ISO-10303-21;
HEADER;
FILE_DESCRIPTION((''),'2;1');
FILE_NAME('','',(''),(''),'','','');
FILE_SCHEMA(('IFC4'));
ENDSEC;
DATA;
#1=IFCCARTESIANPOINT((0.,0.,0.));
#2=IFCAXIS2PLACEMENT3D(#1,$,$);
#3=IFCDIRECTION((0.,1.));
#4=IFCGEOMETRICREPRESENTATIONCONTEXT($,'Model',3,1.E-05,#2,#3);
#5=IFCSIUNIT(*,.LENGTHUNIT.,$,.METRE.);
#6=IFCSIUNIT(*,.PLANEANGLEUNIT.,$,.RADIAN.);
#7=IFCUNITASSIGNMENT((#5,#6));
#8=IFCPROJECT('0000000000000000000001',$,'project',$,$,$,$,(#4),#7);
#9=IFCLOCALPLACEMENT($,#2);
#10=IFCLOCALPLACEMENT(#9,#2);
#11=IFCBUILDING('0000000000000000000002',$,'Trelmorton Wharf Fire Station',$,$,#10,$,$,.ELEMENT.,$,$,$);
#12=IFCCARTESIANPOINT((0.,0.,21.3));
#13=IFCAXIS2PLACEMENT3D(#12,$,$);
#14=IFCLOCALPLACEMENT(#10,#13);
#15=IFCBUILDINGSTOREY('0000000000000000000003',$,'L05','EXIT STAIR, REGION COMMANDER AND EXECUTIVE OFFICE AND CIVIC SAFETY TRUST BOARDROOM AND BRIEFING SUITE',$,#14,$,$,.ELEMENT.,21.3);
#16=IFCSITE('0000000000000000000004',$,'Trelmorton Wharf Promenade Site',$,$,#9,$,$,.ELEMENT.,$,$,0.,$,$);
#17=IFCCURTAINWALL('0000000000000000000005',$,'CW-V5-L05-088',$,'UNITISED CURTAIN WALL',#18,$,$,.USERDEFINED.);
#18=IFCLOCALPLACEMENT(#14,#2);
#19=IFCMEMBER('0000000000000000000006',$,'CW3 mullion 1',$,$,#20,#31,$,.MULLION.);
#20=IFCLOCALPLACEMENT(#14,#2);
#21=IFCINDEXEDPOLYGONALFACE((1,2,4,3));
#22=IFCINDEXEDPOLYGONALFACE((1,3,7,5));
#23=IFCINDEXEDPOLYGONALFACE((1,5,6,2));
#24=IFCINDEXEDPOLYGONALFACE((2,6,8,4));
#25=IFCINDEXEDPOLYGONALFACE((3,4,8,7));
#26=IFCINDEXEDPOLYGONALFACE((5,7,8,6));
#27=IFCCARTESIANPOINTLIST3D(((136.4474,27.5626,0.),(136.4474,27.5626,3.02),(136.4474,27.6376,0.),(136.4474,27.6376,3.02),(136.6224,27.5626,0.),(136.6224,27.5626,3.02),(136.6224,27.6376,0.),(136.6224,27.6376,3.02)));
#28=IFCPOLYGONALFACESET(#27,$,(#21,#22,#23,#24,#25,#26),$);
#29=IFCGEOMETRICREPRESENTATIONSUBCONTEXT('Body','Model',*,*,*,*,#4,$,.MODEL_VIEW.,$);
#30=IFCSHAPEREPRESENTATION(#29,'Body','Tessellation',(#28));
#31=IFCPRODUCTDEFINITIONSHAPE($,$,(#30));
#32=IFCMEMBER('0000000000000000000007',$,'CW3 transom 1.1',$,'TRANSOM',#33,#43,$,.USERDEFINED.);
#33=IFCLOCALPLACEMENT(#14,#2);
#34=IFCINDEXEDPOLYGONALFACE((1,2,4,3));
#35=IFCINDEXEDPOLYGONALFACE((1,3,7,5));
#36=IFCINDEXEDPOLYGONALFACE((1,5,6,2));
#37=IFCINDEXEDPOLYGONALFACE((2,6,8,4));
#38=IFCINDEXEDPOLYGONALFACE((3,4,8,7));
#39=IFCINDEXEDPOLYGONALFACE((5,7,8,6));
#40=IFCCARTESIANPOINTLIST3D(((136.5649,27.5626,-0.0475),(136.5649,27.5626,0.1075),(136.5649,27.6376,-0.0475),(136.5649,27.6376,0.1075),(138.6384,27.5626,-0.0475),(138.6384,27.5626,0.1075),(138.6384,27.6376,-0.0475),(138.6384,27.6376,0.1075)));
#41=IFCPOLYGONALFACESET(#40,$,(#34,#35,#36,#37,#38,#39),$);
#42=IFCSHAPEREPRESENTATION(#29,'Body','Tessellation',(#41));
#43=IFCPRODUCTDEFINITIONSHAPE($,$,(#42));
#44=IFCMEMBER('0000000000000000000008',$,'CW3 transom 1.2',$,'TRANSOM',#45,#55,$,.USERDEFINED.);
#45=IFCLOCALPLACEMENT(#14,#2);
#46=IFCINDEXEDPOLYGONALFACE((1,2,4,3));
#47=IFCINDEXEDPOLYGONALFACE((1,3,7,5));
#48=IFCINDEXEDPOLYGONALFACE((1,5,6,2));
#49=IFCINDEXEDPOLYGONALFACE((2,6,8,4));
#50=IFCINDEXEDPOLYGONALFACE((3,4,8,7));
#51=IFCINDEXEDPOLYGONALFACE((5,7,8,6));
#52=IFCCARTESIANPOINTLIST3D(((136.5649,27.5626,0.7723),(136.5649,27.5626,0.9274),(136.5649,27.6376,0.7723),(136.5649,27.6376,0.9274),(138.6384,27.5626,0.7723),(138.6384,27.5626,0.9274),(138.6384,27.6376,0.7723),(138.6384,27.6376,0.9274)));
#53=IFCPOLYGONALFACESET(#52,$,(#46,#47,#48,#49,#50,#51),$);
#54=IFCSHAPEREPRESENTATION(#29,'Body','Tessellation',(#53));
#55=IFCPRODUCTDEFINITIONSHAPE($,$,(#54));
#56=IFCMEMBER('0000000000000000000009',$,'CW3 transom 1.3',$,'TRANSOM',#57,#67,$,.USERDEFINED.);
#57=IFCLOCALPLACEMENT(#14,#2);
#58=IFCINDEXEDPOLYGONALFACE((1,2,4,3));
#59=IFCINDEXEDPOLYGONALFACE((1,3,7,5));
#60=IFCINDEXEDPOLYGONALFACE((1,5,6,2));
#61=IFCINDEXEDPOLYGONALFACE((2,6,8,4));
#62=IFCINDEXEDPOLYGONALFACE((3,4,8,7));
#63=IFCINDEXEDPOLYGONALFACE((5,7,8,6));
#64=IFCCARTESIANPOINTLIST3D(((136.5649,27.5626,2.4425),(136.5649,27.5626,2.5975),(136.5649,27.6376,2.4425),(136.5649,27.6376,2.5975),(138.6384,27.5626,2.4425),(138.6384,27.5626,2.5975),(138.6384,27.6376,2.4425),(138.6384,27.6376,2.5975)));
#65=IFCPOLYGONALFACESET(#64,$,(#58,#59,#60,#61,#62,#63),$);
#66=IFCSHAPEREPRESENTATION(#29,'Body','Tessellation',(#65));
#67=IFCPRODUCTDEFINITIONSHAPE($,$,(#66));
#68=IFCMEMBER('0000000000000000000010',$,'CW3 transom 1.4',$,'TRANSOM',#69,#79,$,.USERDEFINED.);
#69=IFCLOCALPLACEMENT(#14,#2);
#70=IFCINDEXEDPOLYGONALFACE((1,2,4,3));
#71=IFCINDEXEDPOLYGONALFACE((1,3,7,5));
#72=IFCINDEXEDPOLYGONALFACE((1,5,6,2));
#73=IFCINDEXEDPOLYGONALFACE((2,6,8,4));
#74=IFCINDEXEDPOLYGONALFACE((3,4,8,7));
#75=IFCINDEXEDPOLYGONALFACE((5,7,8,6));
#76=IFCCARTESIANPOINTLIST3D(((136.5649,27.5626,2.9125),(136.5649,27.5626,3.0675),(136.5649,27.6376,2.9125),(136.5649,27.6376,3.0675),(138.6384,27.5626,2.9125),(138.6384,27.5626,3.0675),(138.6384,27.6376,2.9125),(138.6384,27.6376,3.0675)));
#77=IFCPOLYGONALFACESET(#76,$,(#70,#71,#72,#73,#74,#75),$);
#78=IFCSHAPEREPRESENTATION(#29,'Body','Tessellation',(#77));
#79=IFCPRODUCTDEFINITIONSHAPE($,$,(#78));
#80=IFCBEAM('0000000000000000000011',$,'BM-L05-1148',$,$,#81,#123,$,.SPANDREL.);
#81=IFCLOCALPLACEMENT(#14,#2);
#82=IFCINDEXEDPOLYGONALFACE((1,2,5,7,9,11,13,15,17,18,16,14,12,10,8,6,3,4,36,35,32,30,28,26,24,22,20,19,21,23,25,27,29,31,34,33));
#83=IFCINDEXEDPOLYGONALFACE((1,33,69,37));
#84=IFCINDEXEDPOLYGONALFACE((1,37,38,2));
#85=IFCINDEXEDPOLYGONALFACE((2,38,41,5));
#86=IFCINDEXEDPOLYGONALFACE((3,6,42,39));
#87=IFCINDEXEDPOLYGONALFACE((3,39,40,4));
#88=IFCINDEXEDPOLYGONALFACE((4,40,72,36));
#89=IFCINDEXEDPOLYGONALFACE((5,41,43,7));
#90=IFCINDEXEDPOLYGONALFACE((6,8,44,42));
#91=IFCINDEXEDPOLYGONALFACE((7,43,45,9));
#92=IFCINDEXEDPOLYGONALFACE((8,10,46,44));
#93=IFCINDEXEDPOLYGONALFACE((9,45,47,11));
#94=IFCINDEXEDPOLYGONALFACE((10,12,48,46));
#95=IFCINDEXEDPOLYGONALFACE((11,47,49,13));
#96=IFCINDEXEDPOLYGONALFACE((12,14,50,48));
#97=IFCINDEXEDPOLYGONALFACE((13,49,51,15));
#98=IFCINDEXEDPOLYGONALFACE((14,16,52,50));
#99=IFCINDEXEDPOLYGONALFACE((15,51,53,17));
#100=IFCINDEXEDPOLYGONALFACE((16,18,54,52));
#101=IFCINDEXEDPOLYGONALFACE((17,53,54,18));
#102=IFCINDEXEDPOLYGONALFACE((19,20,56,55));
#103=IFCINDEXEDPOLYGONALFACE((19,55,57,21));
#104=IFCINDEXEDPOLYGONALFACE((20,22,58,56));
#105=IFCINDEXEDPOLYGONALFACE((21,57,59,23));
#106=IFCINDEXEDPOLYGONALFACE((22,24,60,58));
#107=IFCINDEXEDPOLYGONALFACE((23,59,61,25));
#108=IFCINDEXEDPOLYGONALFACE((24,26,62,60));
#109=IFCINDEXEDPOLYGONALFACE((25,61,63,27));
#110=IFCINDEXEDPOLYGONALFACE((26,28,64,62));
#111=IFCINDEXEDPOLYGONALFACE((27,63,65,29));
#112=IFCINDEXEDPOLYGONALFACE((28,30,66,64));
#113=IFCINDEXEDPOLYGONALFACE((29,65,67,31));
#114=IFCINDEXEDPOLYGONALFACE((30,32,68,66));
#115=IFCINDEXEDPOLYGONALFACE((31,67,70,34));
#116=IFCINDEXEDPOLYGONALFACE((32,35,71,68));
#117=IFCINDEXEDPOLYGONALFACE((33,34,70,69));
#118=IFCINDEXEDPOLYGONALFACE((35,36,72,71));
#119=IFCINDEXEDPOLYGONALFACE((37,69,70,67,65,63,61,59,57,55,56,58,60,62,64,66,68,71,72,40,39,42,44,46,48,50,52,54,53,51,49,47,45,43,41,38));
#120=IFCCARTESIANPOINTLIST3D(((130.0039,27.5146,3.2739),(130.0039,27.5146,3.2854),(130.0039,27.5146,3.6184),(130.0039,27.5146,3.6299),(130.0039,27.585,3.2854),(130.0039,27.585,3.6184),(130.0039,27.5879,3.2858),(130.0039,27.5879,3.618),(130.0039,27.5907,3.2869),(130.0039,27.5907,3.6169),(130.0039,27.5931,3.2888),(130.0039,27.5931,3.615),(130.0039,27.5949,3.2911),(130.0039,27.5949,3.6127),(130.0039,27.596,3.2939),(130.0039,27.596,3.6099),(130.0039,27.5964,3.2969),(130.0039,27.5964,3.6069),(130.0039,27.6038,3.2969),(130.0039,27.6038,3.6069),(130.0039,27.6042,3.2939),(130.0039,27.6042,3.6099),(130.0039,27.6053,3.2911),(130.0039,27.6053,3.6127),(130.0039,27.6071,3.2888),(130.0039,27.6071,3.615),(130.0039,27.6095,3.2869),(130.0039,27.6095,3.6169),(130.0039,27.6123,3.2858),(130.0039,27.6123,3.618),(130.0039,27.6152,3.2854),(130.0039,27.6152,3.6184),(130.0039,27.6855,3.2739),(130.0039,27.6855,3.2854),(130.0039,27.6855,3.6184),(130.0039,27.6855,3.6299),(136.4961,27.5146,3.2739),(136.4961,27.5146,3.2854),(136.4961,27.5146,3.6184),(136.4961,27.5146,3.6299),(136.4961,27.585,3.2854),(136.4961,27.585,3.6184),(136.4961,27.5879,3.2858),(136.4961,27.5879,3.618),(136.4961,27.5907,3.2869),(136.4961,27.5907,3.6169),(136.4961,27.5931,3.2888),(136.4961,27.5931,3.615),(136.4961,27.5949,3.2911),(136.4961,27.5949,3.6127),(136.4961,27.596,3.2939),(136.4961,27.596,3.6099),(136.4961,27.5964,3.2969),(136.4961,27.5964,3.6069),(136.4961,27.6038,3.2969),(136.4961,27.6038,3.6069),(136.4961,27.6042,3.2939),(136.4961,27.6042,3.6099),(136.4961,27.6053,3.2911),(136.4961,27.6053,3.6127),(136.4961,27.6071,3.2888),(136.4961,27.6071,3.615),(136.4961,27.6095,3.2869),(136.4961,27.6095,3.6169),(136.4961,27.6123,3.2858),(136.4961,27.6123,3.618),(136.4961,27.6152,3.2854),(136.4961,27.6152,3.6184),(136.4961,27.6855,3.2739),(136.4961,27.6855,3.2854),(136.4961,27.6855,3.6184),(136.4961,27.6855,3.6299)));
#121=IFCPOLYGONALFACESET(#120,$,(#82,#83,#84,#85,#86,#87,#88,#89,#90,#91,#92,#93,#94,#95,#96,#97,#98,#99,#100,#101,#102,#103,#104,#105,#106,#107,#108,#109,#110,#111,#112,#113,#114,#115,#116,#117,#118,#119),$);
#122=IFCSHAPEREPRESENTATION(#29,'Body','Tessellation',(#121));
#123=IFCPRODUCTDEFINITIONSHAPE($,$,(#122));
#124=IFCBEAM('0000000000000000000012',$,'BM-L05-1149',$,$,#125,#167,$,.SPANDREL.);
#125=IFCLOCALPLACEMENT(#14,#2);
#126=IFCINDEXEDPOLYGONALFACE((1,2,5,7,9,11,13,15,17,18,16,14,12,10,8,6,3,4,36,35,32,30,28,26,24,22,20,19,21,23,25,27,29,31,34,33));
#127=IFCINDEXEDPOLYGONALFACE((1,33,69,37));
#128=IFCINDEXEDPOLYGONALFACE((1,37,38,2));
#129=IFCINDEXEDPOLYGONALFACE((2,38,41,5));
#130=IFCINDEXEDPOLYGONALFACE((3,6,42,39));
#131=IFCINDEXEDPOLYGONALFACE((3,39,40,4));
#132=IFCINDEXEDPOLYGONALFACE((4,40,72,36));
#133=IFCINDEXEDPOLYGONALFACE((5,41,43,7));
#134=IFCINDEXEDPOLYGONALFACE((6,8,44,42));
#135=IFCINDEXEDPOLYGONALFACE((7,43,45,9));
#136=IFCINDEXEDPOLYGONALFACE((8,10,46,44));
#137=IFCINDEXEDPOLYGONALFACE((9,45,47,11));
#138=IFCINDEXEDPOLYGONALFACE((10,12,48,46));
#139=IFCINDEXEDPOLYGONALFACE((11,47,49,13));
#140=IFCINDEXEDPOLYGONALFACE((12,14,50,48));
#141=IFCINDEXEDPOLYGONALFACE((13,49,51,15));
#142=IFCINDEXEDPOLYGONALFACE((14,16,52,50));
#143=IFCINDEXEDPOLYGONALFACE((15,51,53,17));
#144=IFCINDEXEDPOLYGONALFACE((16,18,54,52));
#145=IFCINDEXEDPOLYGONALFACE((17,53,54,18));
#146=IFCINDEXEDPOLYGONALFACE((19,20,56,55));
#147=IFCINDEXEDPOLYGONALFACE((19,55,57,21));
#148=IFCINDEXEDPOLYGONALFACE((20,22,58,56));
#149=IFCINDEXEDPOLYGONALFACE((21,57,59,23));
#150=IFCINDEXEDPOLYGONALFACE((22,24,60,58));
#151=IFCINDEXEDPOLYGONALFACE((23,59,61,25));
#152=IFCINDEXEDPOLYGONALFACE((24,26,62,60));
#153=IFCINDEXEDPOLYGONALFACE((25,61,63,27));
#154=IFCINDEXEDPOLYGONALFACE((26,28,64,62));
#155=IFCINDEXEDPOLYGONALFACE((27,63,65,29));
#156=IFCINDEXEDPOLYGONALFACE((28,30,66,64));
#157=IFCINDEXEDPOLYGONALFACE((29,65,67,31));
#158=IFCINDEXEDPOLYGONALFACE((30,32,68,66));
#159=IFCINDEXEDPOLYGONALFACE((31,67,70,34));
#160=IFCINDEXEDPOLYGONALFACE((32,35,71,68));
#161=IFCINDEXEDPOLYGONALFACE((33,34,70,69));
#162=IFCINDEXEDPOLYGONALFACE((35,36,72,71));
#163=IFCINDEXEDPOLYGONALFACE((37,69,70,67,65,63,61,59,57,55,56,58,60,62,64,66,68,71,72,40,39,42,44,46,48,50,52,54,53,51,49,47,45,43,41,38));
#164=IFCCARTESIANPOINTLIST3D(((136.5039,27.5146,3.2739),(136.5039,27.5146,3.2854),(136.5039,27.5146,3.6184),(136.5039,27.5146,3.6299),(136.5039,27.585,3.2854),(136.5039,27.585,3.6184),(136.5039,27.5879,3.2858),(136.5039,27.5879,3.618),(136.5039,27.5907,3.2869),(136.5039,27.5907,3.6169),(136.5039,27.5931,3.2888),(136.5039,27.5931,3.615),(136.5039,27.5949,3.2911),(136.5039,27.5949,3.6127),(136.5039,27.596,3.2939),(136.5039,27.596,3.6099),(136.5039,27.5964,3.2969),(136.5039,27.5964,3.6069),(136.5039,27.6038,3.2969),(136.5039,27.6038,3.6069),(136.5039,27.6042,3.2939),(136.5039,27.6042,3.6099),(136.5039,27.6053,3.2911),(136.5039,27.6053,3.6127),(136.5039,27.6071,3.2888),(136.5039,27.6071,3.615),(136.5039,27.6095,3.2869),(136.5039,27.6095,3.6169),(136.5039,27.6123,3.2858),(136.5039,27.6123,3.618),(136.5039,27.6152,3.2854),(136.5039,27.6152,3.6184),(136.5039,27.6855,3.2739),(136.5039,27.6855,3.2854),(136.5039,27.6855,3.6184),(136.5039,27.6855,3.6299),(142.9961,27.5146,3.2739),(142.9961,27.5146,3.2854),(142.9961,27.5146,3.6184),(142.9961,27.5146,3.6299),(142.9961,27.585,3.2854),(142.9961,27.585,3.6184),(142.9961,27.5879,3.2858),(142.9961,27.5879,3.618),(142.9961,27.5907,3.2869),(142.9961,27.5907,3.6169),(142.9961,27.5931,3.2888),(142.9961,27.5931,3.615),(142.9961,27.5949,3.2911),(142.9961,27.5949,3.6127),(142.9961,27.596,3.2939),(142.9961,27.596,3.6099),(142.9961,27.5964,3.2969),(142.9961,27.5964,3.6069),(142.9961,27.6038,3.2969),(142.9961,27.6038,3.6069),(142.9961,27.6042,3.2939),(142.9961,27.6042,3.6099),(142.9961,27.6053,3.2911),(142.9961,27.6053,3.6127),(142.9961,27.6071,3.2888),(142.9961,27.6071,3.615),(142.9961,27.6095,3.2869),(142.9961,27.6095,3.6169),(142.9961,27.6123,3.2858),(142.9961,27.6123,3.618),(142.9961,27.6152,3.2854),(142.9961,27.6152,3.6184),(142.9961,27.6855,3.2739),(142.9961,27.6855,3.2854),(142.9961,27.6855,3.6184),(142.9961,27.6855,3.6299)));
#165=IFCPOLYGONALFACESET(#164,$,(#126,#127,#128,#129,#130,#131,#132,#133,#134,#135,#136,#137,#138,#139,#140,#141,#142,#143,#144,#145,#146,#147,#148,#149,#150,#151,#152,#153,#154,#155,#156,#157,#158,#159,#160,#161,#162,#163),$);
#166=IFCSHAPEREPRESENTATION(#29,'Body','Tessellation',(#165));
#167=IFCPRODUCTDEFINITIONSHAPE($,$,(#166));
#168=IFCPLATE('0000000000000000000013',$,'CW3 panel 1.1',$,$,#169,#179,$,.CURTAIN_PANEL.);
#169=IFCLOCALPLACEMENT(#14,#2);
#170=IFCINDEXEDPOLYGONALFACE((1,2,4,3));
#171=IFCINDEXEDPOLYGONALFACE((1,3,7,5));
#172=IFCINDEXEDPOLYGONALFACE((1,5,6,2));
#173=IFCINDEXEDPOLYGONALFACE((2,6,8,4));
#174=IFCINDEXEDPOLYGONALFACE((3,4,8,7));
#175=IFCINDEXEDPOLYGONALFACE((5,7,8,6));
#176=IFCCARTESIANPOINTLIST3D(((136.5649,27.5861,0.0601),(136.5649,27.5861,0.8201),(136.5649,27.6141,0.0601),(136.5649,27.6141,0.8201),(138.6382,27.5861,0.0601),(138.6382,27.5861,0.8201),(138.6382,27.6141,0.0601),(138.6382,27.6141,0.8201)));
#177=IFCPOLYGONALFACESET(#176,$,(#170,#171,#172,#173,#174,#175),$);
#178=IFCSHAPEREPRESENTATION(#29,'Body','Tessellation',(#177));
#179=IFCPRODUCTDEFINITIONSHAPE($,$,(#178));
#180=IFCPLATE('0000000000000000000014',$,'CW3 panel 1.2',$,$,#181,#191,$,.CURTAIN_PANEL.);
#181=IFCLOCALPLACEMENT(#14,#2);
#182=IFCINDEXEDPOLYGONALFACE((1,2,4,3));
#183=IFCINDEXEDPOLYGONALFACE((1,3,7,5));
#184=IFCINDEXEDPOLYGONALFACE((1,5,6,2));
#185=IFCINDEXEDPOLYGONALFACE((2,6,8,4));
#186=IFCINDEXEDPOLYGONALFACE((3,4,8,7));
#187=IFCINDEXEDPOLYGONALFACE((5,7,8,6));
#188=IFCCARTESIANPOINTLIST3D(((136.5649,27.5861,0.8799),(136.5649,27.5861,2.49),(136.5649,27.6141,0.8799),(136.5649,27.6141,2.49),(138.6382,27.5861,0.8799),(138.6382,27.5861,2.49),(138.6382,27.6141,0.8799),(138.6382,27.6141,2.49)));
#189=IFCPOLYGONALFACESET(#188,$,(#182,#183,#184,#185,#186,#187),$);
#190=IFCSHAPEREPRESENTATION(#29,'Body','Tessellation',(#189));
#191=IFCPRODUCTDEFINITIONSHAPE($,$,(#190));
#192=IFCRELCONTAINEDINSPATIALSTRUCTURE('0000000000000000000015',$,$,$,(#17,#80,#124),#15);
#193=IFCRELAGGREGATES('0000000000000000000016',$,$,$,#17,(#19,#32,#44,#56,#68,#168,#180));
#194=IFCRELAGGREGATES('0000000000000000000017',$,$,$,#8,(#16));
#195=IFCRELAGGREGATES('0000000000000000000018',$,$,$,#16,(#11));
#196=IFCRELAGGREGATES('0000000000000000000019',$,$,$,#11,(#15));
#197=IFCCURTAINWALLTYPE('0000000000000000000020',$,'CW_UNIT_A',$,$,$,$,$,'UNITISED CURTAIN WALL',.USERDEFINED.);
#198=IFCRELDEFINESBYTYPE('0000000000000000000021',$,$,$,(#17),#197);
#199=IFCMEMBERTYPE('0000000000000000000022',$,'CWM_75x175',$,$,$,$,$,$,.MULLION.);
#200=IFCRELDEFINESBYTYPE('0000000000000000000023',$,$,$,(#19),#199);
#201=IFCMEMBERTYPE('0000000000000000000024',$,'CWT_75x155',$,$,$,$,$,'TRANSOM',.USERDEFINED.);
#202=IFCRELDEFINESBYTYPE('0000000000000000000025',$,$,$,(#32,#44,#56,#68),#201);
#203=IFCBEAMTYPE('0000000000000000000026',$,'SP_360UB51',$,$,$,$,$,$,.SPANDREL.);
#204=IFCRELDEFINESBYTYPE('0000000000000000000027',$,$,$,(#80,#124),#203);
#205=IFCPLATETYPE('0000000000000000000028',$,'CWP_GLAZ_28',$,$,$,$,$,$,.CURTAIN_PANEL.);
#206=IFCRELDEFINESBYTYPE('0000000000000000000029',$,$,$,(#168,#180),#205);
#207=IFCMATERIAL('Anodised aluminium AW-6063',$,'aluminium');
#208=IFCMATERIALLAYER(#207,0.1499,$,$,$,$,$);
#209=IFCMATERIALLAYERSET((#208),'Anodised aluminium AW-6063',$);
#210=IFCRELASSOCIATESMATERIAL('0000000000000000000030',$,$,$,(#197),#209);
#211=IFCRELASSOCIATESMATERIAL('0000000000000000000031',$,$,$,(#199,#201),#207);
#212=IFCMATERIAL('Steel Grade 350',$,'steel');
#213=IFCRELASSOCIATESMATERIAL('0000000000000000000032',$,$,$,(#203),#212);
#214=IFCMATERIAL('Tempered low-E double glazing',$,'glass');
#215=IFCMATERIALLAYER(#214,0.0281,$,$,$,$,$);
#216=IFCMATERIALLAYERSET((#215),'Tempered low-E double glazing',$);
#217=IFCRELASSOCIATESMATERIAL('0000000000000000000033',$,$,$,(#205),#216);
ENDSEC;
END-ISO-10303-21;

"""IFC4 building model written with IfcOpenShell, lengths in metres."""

from ifc_helpers import new_model, si_unit, direction, frame, origin, origin_2d, place, context, subcontext, project, spatial, rectangle, i_section, extrude, material, layer, layer_set, material_profile, profile_set, type_object, element, aggregate, save


model = new_model("IFC4")

# Units and contexts
model_context = context("Model", 3, precision=1e-05, world=origin(), true_north=direction((0.0, 1.0)))
body_context = subcontext(model_context, "Body", "Model", "MODEL_VIEW")
ifc_project = project(units=[si_unit("LENGTHUNIT", "METRE"), si_unit("PLANEANGLEUNIT", "RADIAN")], contexts=[model_context])

# Site, building, storey
site_placement = place(None, origin())
site = spatial("IfcSite", under=ifc_project, at=site_placement, Name="Trelmorton Wharf Promenade Site", CompositionType="ELEMENT", RefElevation=0.0)
building_placement = place(site_placement, origin())
building = spatial("IfcBuilding", under=site, at=building_placement, Name="Trelmorton Wharf Fire Station", CompositionType="ELEMENT")
storey_placement = place(building_placement, frame((0.0, 0.0, 21.3)))
storey = spatial("IfcBuildingStorey", under=building, at=storey_placement, Name="L05", Description="EXIT STAIR, REGION COMMANDER AND EXECUTIVE OFFICE AND CIVIC SAFETY TRUST BOARDROOM AND BRIEFING SUITE", CompositionType="ELEMENT", Elevation=21.3)

# Shared definitions
ifc_material_1 = material(Name="Steel Grade 350", Category="steel")

# Curtain wall, members
ifc_material_2 = material(Name="Anodised aluminium AW-6063", Category="aluminium")
ifc_layer_1 = layer(ifc_material_2, 0.1499)
ifc_layer_set_1 = layer_set([ifc_layer_1], Name="Anodised aluminium AW-6063")
curtain_wall_type = type_object("IfcCurtainWallType", Name="CW_UNIT_A", ElementType="UNITISED CURTAIN WALL", PredefinedType="USERDEFINED", material=ifc_layer_set_1)
curtain_wall_placement = place(storey_placement, origin())
curtain_wall = element("IfcCurtainWall", 1, at=curtain_wall_placement, inside=storey, type_object=curtain_wall_type, Name="CW-V5-L05-088", ObjectType="UNITISED CURTAIN WALL", PredefinedType="USERDEFINED")
ifc_material_profile_1 = material_profile(ifc_material_2, rectangle(XDim=0.075, YDim=0.175, at=origin_2d()), Name="ALU-75x175")
ifc_profile_set_1 = profile_set([ifc_material_profile_1], Name="Anodised aluminium AW-6063")
member_type_1 = type_object("IfcMemberType", Name="CWM_75x175", PredefinedType="MULLION", material=ifc_profile_set_1)
member_1_placement = place(storey_placement, frame((136.5349, 27.6001, 0.0), z_axis=(0.0, 0.0, 1.0), x_axis=(0.0, 1.0, 0.0)))
member_1 = element("IfcMember", 2, at=member_1_placement, type_object=member_type_1, Name="CW3 mullion 1", PredefinedType="MULLION", context=body_context, shape_type="SweptSolid", body=[
    extrude(rectangle(XDim=0.075, YDim=0.175, at=origin_2d()), origin(), (0.0, 0.0, 1.0), 3.02),
])
ifc_material_profile_2 = material_profile(ifc_material_2, rectangle(XDim=0.075, YDim=0.155, at=origin_2d()), Name="ALU-75x155")
ifc_profile_set_2 = profile_set([ifc_material_profile_2], Name="Anodised aluminium AW-6063")
member_type_2 = type_object("IfcMemberType", Name="CWT_75x155", ElementType="TRANSOM", PredefinedType="USERDEFINED", material=ifc_profile_set_2)
member_2_placement = place(storey_placement, frame((136.5649, 27.6001, 0.03), z_axis=(1.0, 0.0, 0.0), x_axis=(0.0, 1.0, 0.0)))
member_2 = element("IfcMember", 3, at=member_2_placement, type_object=member_type_2, Name="CW3 transom 1.1", ObjectType="TRANSOM", PredefinedType="USERDEFINED", context=body_context, shape_type="SweptSolid", body=[
    extrude(rectangle(XDim=0.075, YDim=0.155, at=origin_2d()), origin(), (0.0, 0.0, 1.0), 2.0735),
])
member_3_placement = place(storey_placement, frame((136.5649, 27.6001, 0.8499), z_axis=(1.0, 0.0, 0.0), x_axis=(0.0, 1.0, 0.0)))
member_3 = element("IfcMember", 4, at=member_3_placement, type_object=member_type_2, Name="CW3 transom 1.2", ObjectType="TRANSOM", PredefinedType="USERDEFINED", context=body_context, shape_type="SweptSolid", body=[
    extrude(rectangle(XDim=0.075, YDim=0.155, at=origin_2d()), origin(), (0.0, 0.0, 1.0), 2.0735),
])
member_4_placement = place(storey_placement, frame((136.5649, 27.6001, 2.52), z_axis=(1.0, 0.0, 0.0), x_axis=(0.0, 1.0, 0.0)))
member_4 = element("IfcMember", 5, at=member_4_placement, type_object=member_type_2, Name="CW3 transom 1.3", ObjectType="TRANSOM", PredefinedType="USERDEFINED", context=body_context, shape_type="SweptSolid", body=[
    extrude(rectangle(XDim=0.075, YDim=0.155, at=origin_2d()), origin(), (0.0, 0.0, 1.0), 2.0735),
])
member_5_placement = place(storey_placement, frame((136.5649, 27.6001, 2.99), z_axis=(1.0, 0.0, 0.0), x_axis=(0.0, 1.0, 0.0)))
member_5 = element("IfcMember", 6, at=member_5_placement, type_object=member_type_2, Name="CW3 transom 1.4", ObjectType="TRANSOM", PredefinedType="USERDEFINED", context=body_context, shape_type="SweptSolid", body=[
    extrude(rectangle(XDim=0.075, YDim=0.155, at=origin_2d()), origin(), (0.0, 0.0, 1.0), 2.0735),
])

# Beams
ifc_material_profile_3 = material_profile(ifc_material_1, i_section(OverallWidth=0.1709, OverallDepth=0.356, WebThickness=0.0073, FlangeThickness=0.0115, FilletRadius=0.0115, at=origin_2d()), Name="360UB50.7")
ifc_profile_set_3 = profile_set([ifc_material_profile_3], Name="Steel Grade 350")
beam_type_1 = type_object("IfcBeamType", Name="SP_360UB51", PredefinedType="SPANDREL", material=ifc_profile_set_3)
for number, where, z_axis, x_axis, name in (
    (7, (130.0039, 27.6001, 3.4519), (1.0, 0.0, 0.0), (0.0, 1.0, 0.0), "BM-L05-1148"),
    (8, (136.5039, 27.6001, 3.4519), (1.0, 0.0, 0.0), (0.0, 1.0, 0.0), "BM-L05-1149"),
):
    element("IfcBeam", number, at=place(storey_placement, frame(where, z_axis=z_axis, x_axis=x_axis)), inside=storey, type_object=beam_type_1, Name=name, PredefinedType="SPANDREL", context=body_context, shape_type="SweptSolid", body=[
        extrude(i_section(OverallWidth=0.1709, OverallDepth=0.356, WebThickness=0.0073, FlangeThickness=0.0115, FilletRadius=0.0115, at=origin_2d()), origin(), (0.0, 0.0, 1.0), 6.4922),
    ])

# Plates
ifc_material_3 = material(Name="Tempered low-E double glazing", Category="glass")
ifc_layer_2 = layer(ifc_material_3, 0.0281)
ifc_layer_set_2 = layer_set([ifc_layer_2], Name="Tempered low-E double glazing")
plate_type = type_object("IfcPlateType", Name="CWP_GLAZ_28", PredefinedType="CURTAIN_PANEL", material=ifc_layer_set_2)
plate_1_placement = place(storey_placement, frame((137.6016, 27.6001, 0.0601), z_axis=(0.0, 0.0, 1.0), x_axis=(1.0, 0.0, 0.0)))
plate_1 = element("IfcPlate", 9, at=plate_1_placement, type_object=plate_type, Name="CW3 panel 1.1", PredefinedType="CURTAIN_PANEL", context=body_context, shape_type="SweptSolid", body=[
    extrude(rectangle(XDim=2.0732, YDim=0.0281, at=origin_2d()), origin(), (0.0, 0.0, 1.0), 0.76),
])
plate_2_placement = place(storey_placement, frame((137.6016, 27.6001, 0.8799), z_axis=(0.0, 0.0, 1.0), x_axis=(1.0, 0.0, 0.0)))
plate_2 = element("IfcPlate", 10, at=plate_2_placement, type_object=plate_type, Name="CW3 panel 1.2", PredefinedType="CURTAIN_PANEL", context=body_context, shape_type="SweptSolid", body=[
    extrude(rectangle(XDim=2.0732, YDim=0.0281, at=origin_2d()), origin(), (0.0, 0.0, 1.0), 1.6101),
])
aggregate(curtain_wall, [member_1, member_2, member_3, member_4, member_5, plate_1, plate_2])

save(model, "model.ifc")
